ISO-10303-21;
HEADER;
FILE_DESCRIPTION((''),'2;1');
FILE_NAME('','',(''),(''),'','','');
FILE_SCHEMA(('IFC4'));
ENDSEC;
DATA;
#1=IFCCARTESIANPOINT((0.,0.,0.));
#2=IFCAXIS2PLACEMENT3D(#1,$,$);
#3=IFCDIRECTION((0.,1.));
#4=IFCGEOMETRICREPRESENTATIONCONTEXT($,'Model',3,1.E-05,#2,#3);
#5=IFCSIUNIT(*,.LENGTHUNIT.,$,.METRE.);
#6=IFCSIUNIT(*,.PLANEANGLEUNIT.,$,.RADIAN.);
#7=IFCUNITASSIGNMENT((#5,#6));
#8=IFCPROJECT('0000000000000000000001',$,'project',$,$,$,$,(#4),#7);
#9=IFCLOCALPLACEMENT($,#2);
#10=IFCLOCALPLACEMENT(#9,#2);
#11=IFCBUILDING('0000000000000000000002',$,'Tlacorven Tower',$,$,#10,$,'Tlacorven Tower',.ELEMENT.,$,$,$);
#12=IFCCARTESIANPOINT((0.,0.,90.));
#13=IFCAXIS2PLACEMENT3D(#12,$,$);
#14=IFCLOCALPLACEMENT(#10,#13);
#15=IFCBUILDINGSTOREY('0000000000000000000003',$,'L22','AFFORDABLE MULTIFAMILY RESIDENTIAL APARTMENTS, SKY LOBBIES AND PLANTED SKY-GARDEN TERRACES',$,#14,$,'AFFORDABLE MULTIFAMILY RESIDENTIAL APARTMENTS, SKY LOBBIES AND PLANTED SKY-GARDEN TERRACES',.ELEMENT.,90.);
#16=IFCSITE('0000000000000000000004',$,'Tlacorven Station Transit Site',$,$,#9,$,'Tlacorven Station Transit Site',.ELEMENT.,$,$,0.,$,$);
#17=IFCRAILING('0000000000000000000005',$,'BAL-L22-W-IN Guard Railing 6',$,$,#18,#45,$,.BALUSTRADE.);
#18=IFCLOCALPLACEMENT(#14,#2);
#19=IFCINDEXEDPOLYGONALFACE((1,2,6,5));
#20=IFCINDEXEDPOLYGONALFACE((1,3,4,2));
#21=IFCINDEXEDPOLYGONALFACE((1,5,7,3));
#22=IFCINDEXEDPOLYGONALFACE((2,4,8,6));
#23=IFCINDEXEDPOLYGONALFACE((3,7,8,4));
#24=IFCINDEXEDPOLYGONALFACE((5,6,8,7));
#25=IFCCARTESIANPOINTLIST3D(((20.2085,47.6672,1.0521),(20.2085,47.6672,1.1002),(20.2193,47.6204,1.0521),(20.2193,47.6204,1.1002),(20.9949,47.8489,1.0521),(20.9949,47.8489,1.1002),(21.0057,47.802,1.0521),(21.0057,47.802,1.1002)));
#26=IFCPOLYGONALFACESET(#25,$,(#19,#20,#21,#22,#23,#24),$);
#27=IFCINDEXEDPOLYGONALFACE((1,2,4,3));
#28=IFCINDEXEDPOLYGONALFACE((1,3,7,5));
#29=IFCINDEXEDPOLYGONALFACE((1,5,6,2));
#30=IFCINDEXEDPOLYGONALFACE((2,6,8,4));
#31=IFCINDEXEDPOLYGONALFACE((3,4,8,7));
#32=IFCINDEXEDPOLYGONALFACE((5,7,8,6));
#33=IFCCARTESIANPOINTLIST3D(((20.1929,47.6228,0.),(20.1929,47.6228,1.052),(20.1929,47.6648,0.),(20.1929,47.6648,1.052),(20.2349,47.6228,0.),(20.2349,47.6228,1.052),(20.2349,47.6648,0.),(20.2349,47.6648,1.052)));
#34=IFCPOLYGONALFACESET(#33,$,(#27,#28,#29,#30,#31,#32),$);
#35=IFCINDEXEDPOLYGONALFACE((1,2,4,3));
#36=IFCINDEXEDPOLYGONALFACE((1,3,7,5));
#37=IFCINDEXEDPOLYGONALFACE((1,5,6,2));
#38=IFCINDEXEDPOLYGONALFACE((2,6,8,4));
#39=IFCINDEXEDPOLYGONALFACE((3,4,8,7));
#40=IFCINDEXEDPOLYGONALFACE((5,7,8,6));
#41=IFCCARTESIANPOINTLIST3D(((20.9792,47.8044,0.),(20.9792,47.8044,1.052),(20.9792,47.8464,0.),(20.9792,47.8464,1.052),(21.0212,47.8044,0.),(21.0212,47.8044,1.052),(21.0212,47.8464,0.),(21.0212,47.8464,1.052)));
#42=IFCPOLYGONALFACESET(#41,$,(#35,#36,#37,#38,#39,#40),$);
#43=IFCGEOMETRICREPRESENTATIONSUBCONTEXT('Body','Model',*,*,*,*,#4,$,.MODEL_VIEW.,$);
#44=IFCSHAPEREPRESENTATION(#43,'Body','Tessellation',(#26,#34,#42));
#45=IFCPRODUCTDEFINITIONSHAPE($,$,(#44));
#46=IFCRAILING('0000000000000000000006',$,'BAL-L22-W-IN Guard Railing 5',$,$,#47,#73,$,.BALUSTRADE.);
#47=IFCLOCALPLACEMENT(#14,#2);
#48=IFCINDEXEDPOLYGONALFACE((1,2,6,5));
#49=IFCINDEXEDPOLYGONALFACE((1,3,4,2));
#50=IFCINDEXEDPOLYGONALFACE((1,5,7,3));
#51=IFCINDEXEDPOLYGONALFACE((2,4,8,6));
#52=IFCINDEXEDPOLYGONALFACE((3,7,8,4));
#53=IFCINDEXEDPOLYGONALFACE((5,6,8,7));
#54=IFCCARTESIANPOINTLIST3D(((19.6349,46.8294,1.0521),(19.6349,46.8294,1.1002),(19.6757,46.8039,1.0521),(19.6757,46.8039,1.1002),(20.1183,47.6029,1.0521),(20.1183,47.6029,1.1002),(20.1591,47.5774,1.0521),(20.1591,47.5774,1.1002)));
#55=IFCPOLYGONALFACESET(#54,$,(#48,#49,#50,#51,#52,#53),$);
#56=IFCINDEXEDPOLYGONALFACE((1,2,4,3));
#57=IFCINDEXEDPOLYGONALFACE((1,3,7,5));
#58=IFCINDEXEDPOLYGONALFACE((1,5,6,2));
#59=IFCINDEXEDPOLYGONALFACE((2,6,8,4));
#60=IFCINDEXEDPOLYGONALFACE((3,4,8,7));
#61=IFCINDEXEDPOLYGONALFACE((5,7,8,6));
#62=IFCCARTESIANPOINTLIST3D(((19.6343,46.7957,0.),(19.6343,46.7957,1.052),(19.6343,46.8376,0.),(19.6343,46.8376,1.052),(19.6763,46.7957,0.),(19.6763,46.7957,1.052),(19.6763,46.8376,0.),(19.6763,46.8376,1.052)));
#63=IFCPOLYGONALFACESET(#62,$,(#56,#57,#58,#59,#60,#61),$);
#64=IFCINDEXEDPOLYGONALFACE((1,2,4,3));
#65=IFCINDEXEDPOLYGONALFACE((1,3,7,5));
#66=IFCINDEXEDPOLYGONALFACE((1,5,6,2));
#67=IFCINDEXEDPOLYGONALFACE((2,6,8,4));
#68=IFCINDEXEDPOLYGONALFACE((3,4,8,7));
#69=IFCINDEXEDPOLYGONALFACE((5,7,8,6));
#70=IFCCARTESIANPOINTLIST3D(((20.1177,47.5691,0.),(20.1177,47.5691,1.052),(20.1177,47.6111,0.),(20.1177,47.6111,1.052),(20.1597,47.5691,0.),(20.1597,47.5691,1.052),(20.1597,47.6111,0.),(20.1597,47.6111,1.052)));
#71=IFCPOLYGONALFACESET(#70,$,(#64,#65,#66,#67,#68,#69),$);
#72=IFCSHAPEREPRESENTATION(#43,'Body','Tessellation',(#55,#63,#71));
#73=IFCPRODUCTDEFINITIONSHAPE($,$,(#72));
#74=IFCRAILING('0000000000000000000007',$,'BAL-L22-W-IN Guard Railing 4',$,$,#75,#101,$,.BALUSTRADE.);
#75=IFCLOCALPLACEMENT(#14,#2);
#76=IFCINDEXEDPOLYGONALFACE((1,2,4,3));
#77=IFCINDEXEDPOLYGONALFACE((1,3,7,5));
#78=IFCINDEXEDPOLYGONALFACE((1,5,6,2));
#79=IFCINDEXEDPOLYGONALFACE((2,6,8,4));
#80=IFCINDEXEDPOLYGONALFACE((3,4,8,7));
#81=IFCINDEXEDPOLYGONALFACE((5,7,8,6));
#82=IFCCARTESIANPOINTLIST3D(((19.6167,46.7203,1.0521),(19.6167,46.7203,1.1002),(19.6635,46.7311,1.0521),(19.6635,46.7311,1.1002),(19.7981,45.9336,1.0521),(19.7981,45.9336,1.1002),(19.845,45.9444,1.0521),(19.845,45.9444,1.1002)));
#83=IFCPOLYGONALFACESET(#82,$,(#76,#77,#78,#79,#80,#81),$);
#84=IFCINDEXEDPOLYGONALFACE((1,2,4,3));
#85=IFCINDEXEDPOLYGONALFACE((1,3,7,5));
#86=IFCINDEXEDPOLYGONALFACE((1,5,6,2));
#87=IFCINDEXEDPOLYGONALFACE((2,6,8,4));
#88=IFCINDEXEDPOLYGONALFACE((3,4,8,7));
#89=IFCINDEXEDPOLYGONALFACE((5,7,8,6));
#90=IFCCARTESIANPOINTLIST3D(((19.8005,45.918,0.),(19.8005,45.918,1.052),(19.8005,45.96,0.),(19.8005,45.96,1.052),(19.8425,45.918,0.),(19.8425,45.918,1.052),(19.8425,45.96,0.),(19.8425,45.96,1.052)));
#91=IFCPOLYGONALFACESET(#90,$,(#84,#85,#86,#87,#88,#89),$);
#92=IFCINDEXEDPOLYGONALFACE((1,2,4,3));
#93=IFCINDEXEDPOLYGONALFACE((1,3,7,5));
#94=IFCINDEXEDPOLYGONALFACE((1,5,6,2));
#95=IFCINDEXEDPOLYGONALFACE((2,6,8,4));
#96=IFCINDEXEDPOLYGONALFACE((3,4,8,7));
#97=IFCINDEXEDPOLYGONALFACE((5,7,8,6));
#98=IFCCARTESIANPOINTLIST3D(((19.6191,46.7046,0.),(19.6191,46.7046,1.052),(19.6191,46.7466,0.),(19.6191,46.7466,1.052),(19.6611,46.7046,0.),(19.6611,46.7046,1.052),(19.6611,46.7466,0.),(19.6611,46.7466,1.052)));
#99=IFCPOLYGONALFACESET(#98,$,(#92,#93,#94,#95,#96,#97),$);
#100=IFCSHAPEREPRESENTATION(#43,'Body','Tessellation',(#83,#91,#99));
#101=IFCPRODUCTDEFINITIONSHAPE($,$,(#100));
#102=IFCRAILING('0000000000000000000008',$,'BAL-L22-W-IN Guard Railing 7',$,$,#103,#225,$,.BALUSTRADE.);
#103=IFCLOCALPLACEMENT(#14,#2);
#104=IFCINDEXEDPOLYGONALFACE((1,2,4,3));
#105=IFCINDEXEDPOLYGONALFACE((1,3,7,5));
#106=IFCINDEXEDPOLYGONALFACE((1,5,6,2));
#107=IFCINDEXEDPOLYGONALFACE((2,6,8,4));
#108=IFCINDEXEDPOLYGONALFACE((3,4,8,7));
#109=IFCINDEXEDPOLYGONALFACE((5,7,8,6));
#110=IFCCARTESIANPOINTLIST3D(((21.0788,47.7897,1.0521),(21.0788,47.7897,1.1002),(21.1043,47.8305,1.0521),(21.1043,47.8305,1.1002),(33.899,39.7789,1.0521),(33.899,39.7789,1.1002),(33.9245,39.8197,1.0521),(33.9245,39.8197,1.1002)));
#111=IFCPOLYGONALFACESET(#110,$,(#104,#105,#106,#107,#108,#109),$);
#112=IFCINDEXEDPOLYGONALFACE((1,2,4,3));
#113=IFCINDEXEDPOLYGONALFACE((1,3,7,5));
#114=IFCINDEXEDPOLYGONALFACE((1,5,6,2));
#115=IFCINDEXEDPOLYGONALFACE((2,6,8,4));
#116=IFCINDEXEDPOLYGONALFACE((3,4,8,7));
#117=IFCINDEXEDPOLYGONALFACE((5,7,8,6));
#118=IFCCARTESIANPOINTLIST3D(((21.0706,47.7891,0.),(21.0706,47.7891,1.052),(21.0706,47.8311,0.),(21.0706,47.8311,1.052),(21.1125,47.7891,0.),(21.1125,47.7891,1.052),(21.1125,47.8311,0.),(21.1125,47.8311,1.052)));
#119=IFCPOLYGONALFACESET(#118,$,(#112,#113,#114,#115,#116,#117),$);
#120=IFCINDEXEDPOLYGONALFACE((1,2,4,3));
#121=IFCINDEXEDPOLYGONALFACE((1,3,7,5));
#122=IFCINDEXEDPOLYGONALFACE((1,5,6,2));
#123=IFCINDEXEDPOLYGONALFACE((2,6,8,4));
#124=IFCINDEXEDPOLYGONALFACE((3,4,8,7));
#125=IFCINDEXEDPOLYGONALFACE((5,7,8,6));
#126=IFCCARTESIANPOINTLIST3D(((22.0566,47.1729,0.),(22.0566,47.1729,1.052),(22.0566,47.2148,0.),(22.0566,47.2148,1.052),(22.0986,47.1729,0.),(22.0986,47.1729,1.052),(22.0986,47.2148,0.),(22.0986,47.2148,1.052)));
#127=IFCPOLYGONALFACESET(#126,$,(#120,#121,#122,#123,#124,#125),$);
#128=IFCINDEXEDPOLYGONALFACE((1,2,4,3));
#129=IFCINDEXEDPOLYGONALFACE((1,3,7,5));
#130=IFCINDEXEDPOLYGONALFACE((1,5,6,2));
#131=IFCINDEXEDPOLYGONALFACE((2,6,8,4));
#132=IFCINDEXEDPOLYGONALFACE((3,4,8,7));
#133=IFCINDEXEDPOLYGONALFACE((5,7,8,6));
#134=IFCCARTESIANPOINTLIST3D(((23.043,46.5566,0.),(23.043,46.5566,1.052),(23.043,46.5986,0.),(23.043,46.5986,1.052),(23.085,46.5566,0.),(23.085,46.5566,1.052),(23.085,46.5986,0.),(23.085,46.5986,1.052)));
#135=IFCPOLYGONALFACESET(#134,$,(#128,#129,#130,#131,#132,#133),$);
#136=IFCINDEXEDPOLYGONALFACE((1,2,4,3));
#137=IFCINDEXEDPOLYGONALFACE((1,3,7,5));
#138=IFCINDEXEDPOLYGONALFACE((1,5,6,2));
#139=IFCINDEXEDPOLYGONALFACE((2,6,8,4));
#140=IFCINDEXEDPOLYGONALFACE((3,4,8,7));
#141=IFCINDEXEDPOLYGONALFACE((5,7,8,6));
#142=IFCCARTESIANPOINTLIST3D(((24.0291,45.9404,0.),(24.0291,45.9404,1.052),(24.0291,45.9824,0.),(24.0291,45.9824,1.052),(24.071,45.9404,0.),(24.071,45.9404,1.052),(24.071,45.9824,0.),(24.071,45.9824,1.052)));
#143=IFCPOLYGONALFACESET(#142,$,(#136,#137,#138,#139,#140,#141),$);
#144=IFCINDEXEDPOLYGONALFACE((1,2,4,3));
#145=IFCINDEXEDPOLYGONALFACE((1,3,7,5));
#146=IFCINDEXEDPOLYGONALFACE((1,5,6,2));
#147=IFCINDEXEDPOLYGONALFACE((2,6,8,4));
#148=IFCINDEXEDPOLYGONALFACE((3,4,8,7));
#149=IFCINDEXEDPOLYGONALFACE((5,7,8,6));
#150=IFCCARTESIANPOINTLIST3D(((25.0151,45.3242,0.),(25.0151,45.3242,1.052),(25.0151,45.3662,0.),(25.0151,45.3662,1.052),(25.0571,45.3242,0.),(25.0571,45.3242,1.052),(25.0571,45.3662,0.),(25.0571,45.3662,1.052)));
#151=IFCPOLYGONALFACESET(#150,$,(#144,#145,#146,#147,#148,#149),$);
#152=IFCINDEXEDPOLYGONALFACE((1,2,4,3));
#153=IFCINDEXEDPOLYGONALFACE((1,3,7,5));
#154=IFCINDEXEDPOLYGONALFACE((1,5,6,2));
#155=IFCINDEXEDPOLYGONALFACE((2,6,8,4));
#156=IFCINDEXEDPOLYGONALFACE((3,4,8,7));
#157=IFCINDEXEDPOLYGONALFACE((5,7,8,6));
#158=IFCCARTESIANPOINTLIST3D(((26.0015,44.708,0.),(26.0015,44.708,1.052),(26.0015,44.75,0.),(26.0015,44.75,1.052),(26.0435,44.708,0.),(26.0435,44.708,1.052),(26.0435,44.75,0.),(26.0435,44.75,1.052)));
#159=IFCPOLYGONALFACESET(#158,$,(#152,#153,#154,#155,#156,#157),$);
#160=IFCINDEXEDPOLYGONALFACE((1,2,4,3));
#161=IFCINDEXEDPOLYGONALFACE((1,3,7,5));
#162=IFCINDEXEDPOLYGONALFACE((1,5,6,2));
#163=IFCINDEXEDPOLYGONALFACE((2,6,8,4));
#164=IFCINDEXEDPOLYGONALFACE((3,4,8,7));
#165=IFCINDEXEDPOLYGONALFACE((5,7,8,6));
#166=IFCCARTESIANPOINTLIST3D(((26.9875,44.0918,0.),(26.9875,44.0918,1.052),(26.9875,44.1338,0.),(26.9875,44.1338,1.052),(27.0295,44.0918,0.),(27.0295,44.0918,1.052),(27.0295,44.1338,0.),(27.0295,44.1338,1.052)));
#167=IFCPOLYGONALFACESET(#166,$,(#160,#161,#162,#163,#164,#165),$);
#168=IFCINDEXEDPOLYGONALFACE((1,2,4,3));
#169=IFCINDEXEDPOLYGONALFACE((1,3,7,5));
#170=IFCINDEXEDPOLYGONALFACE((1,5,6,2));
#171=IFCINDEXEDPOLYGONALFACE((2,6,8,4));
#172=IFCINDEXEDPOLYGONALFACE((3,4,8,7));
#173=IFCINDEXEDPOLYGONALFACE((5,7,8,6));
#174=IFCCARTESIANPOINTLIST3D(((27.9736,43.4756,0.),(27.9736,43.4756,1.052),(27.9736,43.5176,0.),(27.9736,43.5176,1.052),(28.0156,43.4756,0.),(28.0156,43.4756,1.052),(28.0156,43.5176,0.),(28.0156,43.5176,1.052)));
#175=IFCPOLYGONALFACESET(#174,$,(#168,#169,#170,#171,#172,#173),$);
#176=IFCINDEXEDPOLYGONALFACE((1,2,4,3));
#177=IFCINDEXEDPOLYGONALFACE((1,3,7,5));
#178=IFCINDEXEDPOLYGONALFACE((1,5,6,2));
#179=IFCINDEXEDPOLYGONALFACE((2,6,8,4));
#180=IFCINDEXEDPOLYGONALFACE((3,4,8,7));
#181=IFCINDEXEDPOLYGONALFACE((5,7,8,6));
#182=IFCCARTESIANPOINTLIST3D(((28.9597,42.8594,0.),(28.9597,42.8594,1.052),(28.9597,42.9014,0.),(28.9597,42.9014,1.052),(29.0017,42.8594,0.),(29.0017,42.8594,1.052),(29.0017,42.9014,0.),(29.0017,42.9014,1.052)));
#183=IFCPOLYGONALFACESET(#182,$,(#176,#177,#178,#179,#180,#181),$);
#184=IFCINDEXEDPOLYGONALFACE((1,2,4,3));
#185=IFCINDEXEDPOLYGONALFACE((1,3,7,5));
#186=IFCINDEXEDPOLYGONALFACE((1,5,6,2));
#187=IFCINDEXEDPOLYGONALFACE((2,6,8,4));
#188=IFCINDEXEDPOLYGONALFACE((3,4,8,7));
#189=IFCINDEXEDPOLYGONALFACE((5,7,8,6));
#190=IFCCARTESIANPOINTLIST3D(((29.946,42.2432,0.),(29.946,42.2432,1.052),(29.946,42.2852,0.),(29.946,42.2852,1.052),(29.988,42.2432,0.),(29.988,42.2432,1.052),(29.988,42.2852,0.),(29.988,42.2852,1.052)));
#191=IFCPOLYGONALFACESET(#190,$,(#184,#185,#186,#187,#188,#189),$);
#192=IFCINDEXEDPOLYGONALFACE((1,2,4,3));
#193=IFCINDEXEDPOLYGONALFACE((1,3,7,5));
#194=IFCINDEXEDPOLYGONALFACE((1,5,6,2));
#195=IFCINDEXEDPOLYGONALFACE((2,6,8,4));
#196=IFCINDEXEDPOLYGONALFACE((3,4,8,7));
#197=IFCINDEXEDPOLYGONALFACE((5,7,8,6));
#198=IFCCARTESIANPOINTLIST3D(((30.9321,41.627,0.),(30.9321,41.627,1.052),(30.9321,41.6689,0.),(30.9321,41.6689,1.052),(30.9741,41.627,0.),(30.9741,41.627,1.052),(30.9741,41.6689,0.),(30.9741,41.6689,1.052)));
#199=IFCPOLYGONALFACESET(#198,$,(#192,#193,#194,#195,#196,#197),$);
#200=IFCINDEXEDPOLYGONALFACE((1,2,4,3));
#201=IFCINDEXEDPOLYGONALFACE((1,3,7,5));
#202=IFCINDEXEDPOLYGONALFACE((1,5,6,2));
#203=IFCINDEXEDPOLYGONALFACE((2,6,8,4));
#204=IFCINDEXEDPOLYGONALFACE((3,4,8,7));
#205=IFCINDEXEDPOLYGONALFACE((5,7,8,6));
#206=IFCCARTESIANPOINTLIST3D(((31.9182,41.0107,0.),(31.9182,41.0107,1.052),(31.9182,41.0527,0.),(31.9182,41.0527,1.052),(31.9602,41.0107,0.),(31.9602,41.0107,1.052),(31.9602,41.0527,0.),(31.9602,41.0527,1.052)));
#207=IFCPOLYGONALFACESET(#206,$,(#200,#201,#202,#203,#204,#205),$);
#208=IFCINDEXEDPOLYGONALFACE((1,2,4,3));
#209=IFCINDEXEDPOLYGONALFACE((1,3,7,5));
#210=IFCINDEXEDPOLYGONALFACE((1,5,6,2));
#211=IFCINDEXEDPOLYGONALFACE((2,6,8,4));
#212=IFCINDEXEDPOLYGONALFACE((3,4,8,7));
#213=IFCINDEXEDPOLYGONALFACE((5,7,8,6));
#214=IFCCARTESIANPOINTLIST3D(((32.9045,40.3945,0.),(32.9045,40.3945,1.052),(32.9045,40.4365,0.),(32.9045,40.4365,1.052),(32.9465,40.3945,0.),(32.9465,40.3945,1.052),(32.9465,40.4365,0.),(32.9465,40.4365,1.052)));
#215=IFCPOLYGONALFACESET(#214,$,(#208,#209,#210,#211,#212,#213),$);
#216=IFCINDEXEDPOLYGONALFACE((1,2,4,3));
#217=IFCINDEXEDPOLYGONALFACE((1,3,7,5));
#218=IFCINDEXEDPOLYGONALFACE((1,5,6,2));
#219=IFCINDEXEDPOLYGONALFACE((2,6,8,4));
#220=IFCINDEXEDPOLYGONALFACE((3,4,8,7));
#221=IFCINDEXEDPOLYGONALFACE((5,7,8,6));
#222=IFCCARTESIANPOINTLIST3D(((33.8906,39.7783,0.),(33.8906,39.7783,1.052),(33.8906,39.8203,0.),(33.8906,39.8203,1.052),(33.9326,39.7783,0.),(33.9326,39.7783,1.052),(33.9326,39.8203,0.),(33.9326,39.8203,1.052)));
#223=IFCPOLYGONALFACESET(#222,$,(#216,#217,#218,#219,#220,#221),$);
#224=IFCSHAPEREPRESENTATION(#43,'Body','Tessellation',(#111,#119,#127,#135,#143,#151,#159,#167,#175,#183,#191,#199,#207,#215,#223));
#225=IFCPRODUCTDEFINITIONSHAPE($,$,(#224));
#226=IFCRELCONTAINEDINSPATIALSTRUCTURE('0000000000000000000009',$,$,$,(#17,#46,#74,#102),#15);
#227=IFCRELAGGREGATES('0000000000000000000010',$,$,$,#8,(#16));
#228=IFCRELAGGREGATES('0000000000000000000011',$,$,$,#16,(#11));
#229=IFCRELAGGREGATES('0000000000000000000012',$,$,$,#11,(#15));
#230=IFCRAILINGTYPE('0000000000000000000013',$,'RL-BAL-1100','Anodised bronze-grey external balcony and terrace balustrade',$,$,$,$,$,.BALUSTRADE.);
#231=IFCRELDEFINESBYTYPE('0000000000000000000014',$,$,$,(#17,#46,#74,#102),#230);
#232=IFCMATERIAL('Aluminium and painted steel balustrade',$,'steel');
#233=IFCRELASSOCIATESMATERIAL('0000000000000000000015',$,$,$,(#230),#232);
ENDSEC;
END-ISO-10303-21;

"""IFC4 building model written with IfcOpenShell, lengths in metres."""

from ifc_helpers import new_model, si_unit, direction, frame, origin, origin_2d, place, context, subcontext, project, spatial, rectangle, extrude, source, transform, mapped, material, type_object, element, save


model = new_model("IFC4")

# Units and contexts
model_context = context("Model", 3, precision=1e-05, world=origin(), true_north=direction((0.0, 1.0)))
body_context = subcontext(model_context, "Body", "Model", "MODEL_VIEW")
ifc_project = project(units=[si_unit("LENGTHUNIT", "METRE"), si_unit("PLANEANGLEUNIT", "RADIAN")], contexts=[model_context])

# Site, building, storey
site_placement = place(None, origin())
site = spatial("IfcSite", under=ifc_project, at=site_placement, Name="Tlacorven Station Transit Site", LongName="Tlacorven Station Transit Site", CompositionType="ELEMENT", RefElevation=0.0)
building_placement = place(site_placement, origin())
building = spatial("IfcBuilding", under=site, at=building_placement, Name="Tlacorven Tower", LongName="Tlacorven Tower", CompositionType="ELEMENT")
storey_placement = place(building_placement, frame((0.0, 0.0, 90.0)))
storey = spatial("IfcBuildingStorey", under=building, at=storey_placement, Name="L22", Description="AFFORDABLE MULTIFAMILY RESIDENTIAL APARTMENTS, SKY LOBBIES AND PLANTED SKY-GARDEN TERRACES", LongName="AFFORDABLE MULTIFAMILY RESIDENTIAL APARTMENTS, SKY LOBBIES AND PLANTED SKY-GARDEN TERRACES", CompositionType="ELEMENT", Elevation=90.0)

# Railings
ifc_material_1 = material(Name="Aluminium and painted steel balustrade", Category="steel")
railing_type = type_object("IfcRailingType", Name="RL-BAL-1100", Description="Anodised bronze-grey external balcony and terrace balustrade", PredefinedType="BALUSTRADE", material=ifc_material_1)
shared_shape_1 = source(origin(), body_context, "Body", "SweptSolid", [
    extrude(rectangle(XDim=0.0481, YDim=0.0481, at=origin_2d()), frame((0.0, 0.0, 1.0762), z_axis=(0.974345, 0.225058, 0.0), x_axis=(-0.225058, 0.974345, 0.0)), (0.0, 0.0, 1.0), 0.8071),
    extrude(rectangle(XDim=0.042, YDim=0.042, at=origin_2d()), origin(), (0.0, 0.0, 1.0), 1.052),
    extrude(rectangle(XDim=0.042, YDim=0.042, at=origin_2d()), frame((0.7864, 0.1816, 0.0)), (0.0, 0.0, 1.0), 1.052),
])
railing_1_placement = place(storey_placement, frame((20.2139, 47.6438, 0.0)))
element("IfcRailing", 1, at=railing_1_placement, inside=storey, type_object=railing_type, Name="BAL-L22-W-IN Guard Railing 6", PredefinedType="BALUSTRADE", context=body_context, shape_type="MappedRepresentation", body=[
    mapped(shared_shape_1, transform((0.0, 0.0, 0.0), scale=1.0)),
])
shared_shape_2 = source(origin(), body_context, "Body", "SweptSolid", [
    extrude(rectangle(XDim=0.0481, YDim=0.0481, at=origin_2d()), frame((0.0, 0.0, 1.0762), z_axis=(0.529999, 0.847998, 0.0), x_axis=(-0.847998, 0.529999, 0.0)), (0.0, 0.0, 1.0), 0.9121),
    extrude(rectangle(XDim=0.042, YDim=0.042, at=origin_2d()), origin(), (0.0, 0.0, 1.0), 1.052),
    extrude(rectangle(XDim=0.042, YDim=0.042, at=origin_2d()), frame((0.4834, 0.7734, 0.0)), (0.0, 0.0, 1.0), 1.052),
])
railing_2_placement = place(storey_placement, frame((19.6553, 46.8167, 0.0)))
element("IfcRailing", 2, at=railing_2_placement, inside=storey, type_object=railing_type, Name="BAL-L22-W-IN Guard Railing 5", PredefinedType="BALUSTRADE", context=body_context, shape_type="MappedRepresentation", body=[
    mapped(shared_shape_2, transform((0.0, 0.0, 0.0), scale=1.0)),
])
shared_shape_3 = source(origin(), body_context, "Body", "SweptSolid", [
    extrude(rectangle(XDim=0.0481, YDim=0.0481, at=origin_2d()), frame((0.0, 0.0, 1.0762), z_axis=(-0.224705, 0.974427, 0.0), x_axis=(-0.974427, -0.224705, 0.0)), (0.0, 0.0, 1.0), 0.8074),
    extrude(rectangle(XDim=0.042, YDim=0.042, at=origin_2d()), origin(), (0.0, 0.0, 1.0), 1.052),
    extrude(rectangle(XDim=0.042, YDim=0.042, at=origin_2d()), frame((-0.1814, 0.7866, 0.0)), (0.0, 0.0, 1.0), 1.052),
])
railing_3_placement = place(storey_placement, frame((19.8215, 45.939, 0.0)))
element("IfcRailing", 3, at=railing_3_placement, inside=storey, type_object=railing_type, Name="BAL-L22-W-IN Guard Railing 4", PredefinedType="BALUSTRADE", context=body_context, shape_type="MappedRepresentation", body=[
    mapped(shared_shape_3, transform((0.0, 0.0, 0.0), scale=1.0)),
])
shared_shape_4 = source(origin(), body_context, "Body", "SweptSolid", [
    extrude(rectangle(XDim=0.0481, YDim=0.0481, at=origin_2d()), frame((0.0, 0.0, 1.0762), z_axis=(0.848052, -0.529913, 0.0), x_axis=(0.529913, 0.848052, 0.0)), (0.0, 0.0, 1.0), 15.1172),
    extrude(rectangle(XDim=0.042, YDim=0.042, at=origin_2d()), origin(), (0.0, 0.0, 1.0), 1.052),
    extrude(rectangle(XDim=0.042, YDim=0.042, at=origin_2d()), frame((0.9861, -0.6162, 0.0)), (0.0, 0.0, 1.0), 1.052),
    extrude(rectangle(XDim=0.042, YDim=0.042, at=origin_2d()), frame((1.9724, -1.2324, 0.0)), (0.0, 0.0, 1.0), 1.052),
    extrude(rectangle(XDim=0.042, YDim=0.042, at=origin_2d()), frame((2.9585, -1.8486, 0.0)), (0.0, 0.0, 1.0), 1.052),
    extrude(rectangle(XDim=0.042, YDim=0.042, at=origin_2d()), frame((3.9446, -2.4648, 0.0)), (0.0, 0.0, 1.0), 1.052),
    extrude(rectangle(XDim=0.042, YDim=0.042, at=origin_2d()), frame((4.9309, -3.0811, 0.0)), (0.0, 0.0, 1.0), 1.052),
    extrude(rectangle(XDim=0.042, YDim=0.042, at=origin_2d()), frame((5.917, -3.6973, 0.0)), (0.0, 0.0, 1.0), 1.052),
    extrude(rectangle(XDim=0.042, YDim=0.042, at=origin_2d()), frame((6.9031, -4.3135, 0.0)), (0.0, 0.0, 1.0), 1.052),
    extrude(rectangle(XDim=0.042, YDim=0.042, at=origin_2d()), frame((7.8892, -4.9297, 0.0)), (0.0, 0.0, 1.0), 1.052),
    extrude(rectangle(XDim=0.042, YDim=0.042, at=origin_2d()), frame((8.8755, -5.5459, 0.0)), (0.0, 0.0, 1.0), 1.052),
    extrude(rectangle(XDim=0.042, YDim=0.042, at=origin_2d()), frame((9.8616, -6.1621, 0.0)), (0.0, 0.0, 1.0), 1.052),
    extrude(rectangle(XDim=0.042, YDim=0.042, at=origin_2d()), frame((10.8477, -6.7783, 0.0)), (0.0, 0.0, 1.0), 1.052),
    extrude(rectangle(XDim=0.042, YDim=0.042, at=origin_2d()), frame((11.834, -7.3945, 0.0)), (0.0, 0.0, 1.0), 1.052),
    extrude(rectangle(XDim=0.042, YDim=0.042, at=origin_2d()), frame((12.8201, -8.0107, 0.0)), (0.0, 0.0, 1.0), 1.052),
])
railing_4_placement = place(storey_placement, frame((21.0916, 47.8101, 0.0)))
element("IfcRailing", 4, at=railing_4_placement, inside=storey, type_object=railing_type, Name="BAL-L22-W-IN Guard Railing 7", PredefinedType="BALUSTRADE", context=body_context, shape_type="MappedRepresentation", body=[
    mapped(shared_shape_4, transform((0.0, 0.0, 0.0), scale=1.0)),
])

save(model, "model.ifc")
